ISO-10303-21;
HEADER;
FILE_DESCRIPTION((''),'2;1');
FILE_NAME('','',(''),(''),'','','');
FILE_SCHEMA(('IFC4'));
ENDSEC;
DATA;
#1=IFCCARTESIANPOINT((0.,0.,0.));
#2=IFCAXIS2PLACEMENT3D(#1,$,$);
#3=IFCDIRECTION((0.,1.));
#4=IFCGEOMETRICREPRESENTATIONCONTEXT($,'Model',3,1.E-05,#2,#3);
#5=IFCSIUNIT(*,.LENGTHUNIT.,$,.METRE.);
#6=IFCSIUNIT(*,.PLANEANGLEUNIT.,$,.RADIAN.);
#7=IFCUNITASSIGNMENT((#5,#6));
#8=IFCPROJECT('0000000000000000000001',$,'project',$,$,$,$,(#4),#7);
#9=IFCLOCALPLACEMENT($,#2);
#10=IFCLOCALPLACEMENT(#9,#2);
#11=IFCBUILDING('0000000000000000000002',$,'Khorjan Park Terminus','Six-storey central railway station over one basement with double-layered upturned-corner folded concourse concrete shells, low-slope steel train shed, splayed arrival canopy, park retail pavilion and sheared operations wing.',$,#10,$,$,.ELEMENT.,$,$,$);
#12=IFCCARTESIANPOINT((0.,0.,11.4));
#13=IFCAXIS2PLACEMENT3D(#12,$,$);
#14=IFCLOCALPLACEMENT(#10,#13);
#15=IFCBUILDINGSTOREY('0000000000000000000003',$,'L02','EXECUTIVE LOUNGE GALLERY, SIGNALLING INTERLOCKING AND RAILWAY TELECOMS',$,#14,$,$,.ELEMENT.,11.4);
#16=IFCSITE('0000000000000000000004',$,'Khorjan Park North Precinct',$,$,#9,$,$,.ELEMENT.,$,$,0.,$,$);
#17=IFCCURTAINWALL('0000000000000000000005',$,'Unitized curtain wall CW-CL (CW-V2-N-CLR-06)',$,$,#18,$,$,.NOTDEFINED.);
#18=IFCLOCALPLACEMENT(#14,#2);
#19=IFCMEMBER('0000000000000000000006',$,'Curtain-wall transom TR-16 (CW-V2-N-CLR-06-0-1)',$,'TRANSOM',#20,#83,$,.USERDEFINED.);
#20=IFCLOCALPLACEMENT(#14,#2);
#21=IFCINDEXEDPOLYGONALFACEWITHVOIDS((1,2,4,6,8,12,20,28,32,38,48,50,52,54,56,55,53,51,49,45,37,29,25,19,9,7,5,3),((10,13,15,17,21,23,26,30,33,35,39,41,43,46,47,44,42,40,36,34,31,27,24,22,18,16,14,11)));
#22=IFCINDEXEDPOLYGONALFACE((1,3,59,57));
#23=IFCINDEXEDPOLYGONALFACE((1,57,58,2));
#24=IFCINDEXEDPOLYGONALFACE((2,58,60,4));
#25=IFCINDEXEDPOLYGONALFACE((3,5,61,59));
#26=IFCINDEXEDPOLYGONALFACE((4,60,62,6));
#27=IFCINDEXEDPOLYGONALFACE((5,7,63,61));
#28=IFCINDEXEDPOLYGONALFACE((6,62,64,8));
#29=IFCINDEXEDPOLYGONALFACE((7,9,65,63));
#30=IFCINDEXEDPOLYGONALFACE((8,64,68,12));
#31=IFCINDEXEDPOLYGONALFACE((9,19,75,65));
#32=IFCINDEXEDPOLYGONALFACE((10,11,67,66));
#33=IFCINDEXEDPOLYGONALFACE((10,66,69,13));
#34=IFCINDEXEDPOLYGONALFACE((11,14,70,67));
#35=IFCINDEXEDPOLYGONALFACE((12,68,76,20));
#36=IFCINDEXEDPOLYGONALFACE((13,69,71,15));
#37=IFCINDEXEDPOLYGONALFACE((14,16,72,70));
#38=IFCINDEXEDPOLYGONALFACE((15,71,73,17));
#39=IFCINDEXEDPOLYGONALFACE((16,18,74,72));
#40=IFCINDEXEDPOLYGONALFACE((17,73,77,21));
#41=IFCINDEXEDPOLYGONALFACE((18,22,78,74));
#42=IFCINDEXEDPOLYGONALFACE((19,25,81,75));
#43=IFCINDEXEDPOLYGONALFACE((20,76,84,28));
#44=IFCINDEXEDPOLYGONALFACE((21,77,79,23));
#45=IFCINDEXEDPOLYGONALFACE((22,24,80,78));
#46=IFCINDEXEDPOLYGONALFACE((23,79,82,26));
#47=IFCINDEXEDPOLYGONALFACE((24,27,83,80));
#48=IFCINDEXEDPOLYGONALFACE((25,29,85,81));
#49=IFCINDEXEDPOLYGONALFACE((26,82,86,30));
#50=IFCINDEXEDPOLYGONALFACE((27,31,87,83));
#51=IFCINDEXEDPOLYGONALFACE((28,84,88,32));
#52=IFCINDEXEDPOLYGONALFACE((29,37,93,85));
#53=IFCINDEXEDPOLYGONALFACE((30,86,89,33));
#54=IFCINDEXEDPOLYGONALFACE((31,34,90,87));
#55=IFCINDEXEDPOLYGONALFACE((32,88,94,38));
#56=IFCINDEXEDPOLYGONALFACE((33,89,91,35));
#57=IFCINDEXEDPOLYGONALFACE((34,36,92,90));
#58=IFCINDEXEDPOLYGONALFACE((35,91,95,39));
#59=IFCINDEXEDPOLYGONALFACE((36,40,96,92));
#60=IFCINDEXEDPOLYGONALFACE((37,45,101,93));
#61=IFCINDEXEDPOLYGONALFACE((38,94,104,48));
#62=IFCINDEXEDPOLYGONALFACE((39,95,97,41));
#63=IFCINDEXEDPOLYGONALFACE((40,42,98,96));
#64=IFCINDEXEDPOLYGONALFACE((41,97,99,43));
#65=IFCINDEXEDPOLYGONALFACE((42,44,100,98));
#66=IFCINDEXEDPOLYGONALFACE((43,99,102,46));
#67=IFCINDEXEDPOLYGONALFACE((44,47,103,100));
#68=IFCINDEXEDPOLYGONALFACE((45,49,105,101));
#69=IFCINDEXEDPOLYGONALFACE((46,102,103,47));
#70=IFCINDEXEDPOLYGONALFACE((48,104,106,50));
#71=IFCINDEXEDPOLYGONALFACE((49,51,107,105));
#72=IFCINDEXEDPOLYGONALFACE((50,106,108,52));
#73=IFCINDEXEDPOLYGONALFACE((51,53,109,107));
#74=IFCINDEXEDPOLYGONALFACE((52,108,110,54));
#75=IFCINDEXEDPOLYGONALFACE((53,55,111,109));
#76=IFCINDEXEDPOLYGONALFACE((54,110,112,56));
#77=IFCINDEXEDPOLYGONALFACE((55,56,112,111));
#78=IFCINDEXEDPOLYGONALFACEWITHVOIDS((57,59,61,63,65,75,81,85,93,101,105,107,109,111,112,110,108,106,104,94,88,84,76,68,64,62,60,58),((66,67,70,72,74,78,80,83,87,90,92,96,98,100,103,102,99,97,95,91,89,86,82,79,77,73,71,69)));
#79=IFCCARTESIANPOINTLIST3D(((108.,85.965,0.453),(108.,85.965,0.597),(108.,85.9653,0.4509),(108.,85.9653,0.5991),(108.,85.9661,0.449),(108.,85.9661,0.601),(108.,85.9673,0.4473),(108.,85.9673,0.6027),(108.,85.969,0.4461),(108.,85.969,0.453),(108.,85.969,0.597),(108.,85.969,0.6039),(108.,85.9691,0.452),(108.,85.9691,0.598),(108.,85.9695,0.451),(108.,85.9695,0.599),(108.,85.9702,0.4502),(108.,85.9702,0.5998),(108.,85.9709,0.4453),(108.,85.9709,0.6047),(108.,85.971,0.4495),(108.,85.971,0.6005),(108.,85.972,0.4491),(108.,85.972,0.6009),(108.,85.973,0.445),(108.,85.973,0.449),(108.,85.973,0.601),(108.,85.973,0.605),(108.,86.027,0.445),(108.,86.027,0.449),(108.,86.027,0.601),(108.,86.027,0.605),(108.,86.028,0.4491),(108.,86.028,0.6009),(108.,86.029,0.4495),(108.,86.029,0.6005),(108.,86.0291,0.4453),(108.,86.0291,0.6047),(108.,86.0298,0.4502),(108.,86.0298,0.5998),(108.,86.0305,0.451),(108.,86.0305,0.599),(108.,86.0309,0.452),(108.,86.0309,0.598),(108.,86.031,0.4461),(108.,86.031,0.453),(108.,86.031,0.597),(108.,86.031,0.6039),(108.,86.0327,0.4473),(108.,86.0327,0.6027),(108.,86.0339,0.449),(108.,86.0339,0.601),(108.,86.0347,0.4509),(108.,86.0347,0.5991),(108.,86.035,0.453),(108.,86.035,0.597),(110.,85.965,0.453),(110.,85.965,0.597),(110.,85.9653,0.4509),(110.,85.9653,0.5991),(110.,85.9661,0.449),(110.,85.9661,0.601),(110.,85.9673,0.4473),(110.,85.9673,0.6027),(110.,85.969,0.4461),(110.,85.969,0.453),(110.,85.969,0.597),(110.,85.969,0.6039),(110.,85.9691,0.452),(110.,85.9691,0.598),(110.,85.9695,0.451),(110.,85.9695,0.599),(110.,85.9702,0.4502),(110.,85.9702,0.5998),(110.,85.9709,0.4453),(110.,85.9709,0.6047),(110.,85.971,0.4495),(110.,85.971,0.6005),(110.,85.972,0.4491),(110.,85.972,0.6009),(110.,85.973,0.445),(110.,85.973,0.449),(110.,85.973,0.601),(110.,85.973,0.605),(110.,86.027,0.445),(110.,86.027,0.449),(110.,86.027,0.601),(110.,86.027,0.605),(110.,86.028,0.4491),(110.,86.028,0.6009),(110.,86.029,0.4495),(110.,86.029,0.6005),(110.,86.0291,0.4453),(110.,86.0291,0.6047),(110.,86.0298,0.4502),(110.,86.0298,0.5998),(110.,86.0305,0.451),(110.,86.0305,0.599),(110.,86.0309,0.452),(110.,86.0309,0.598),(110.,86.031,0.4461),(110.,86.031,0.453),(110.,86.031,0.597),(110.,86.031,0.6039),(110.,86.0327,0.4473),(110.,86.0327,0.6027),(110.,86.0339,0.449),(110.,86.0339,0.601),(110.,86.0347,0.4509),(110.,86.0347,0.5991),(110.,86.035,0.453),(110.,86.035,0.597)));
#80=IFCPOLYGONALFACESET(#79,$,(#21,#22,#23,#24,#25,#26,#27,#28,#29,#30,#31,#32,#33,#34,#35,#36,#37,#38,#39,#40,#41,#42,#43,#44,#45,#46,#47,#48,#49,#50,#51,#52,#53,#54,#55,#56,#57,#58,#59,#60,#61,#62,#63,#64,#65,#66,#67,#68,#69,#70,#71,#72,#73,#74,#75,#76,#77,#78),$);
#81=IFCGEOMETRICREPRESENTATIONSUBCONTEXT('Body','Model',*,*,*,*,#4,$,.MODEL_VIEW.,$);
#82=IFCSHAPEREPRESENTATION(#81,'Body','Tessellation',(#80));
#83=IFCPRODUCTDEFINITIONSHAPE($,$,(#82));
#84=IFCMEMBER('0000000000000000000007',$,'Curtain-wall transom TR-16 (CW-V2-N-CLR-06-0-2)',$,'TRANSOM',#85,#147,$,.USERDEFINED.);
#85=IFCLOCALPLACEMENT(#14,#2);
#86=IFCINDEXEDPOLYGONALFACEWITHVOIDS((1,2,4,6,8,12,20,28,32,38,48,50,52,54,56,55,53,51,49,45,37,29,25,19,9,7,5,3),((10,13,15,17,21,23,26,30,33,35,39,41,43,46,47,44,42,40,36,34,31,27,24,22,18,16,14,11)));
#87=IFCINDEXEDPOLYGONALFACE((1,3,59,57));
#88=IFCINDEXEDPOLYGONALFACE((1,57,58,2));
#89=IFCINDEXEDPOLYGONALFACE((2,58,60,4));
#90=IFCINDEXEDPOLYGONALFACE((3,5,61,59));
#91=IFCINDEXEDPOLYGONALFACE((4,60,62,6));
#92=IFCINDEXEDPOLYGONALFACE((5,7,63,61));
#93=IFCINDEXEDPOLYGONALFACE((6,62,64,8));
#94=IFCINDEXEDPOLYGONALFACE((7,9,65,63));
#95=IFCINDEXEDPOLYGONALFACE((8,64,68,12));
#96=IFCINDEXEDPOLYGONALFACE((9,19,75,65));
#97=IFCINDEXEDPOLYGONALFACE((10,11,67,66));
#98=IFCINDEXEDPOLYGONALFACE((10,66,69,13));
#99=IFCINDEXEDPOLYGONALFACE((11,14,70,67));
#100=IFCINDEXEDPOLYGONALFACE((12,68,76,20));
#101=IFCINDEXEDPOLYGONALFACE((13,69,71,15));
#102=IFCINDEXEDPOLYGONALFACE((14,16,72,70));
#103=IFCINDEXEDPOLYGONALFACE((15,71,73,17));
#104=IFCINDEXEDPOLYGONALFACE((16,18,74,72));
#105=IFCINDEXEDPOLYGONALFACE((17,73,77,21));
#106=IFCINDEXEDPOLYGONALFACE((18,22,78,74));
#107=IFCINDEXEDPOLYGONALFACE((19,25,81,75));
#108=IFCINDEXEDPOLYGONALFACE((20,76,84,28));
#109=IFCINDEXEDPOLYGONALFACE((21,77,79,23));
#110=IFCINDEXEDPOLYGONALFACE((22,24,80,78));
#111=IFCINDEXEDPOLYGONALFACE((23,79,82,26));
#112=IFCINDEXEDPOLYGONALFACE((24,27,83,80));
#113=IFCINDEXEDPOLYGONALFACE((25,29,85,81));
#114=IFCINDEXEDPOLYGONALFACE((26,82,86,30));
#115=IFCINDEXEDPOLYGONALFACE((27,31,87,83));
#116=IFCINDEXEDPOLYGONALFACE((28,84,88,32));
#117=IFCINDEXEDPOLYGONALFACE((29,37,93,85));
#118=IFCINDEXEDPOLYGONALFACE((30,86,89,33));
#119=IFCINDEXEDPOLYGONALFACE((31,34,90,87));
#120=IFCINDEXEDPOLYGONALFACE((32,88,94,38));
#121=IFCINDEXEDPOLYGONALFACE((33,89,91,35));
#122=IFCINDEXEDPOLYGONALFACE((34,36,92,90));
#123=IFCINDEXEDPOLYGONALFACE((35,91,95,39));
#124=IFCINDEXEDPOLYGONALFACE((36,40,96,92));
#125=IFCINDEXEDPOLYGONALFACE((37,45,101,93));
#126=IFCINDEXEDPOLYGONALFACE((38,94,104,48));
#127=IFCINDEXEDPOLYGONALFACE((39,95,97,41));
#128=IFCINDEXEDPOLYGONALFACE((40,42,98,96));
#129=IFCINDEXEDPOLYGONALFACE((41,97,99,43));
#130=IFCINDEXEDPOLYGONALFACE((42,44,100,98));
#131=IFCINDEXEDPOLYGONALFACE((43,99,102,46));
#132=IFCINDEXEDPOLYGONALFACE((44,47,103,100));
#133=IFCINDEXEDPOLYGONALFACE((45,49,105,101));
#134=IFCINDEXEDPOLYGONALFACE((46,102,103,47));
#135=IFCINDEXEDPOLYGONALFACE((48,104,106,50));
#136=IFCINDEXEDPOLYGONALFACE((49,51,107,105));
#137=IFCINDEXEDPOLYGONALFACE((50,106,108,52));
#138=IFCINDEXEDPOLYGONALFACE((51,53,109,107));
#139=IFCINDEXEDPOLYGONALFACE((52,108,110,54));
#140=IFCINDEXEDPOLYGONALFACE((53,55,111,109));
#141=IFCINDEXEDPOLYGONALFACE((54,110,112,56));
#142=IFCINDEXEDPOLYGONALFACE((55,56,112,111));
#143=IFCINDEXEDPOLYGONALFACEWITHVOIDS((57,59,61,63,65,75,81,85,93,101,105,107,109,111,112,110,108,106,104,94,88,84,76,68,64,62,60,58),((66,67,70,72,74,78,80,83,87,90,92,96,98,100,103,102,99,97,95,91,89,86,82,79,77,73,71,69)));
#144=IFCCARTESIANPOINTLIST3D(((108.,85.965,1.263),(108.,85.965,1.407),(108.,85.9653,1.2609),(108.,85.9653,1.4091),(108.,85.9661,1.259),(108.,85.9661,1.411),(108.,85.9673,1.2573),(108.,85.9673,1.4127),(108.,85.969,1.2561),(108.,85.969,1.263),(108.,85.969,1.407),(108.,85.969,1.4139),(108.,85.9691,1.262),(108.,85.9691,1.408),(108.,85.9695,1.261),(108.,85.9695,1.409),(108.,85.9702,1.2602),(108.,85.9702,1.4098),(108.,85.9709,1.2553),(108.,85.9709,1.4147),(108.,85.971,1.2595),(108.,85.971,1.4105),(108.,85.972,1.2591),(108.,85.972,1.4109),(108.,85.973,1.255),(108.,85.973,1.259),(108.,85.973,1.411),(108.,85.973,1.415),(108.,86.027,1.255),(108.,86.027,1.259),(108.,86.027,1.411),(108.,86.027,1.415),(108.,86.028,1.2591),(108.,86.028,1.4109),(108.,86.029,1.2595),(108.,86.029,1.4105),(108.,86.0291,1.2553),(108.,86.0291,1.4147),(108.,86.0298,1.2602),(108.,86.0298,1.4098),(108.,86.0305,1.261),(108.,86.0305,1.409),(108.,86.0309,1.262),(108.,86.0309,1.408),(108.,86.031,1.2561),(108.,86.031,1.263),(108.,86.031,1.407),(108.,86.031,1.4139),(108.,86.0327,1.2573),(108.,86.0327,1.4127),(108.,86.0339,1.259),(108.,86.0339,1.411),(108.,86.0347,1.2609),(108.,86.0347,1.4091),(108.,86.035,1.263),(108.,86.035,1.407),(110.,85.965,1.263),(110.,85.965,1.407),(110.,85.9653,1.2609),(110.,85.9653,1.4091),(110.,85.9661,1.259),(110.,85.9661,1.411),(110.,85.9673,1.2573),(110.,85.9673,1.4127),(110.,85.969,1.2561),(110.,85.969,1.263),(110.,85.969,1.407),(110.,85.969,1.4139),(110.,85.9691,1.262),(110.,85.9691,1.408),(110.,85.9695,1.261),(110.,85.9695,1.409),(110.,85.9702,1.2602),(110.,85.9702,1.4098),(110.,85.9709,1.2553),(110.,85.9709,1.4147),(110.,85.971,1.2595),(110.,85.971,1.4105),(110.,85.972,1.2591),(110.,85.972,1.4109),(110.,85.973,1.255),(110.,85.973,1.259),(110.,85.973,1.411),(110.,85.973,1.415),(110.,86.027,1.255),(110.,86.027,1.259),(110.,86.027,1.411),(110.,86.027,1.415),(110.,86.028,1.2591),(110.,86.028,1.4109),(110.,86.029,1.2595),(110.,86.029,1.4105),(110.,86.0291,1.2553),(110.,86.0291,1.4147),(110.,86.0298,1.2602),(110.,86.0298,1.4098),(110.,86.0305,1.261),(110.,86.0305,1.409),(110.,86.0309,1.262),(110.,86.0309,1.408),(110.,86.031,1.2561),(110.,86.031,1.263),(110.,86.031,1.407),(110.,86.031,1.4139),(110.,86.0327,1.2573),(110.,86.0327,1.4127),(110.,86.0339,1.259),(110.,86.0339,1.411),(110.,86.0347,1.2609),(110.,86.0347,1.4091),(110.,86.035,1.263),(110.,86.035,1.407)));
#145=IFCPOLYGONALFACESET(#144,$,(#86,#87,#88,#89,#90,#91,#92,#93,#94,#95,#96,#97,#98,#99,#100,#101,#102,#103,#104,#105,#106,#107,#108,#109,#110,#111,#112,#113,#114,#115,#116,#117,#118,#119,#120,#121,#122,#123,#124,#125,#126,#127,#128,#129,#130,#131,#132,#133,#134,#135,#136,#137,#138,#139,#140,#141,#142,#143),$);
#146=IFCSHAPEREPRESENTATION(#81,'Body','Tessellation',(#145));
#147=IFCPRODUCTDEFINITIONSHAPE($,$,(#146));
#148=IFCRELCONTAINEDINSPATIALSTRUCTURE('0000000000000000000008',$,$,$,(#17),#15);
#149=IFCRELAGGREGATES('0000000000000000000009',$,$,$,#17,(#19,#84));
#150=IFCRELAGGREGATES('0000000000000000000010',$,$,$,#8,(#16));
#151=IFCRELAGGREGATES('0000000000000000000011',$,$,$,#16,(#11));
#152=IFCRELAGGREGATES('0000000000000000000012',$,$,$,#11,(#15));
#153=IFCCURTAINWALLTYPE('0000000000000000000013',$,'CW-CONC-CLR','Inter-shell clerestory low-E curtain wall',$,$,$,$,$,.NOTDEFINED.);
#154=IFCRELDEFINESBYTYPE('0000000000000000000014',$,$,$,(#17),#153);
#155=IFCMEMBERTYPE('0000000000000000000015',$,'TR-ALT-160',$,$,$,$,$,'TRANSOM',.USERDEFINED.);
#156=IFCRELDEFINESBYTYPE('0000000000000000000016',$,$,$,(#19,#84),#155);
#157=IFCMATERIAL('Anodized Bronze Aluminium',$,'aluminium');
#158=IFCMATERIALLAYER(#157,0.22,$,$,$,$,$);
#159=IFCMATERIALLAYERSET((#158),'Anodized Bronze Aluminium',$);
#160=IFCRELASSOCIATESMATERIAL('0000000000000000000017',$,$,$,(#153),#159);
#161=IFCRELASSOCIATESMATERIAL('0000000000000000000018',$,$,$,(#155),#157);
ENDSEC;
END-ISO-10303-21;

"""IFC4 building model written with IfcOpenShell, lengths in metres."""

from ifc_helpers import new_model, si_unit, direction, frame, origin, origin_2d, place, context, subcontext, project, spatial, hollow_rectangle, extrude, material, layer, layer_set, material_profile, profile_set, type_object, element, aggregate, save


model = new_model("IFC4")

# Units and contexts
model_context = context("Model", 3, precision=1e-05, world=origin(), true_north=direction((0.0, 1.0)))
body_context = subcontext(model_context, "Body", "Model", "MODEL_VIEW")
ifc_project = project(units=[si_unit("LENGTHUNIT", "METRE"), si_unit("PLANEANGLEUNIT", "RADIAN")], contexts=[model_context])

# Site, building, storey
site_placement = place(None, origin())
site = spatial("IfcSite", under=ifc_project, at=site_placement, Name="Khorjan Park North Precinct", CompositionType="ELEMENT", RefElevation=0.0)
building_placement = place(site_placement, origin())
building = spatial("IfcBuilding", under=site, at=building_placement, Name="Khorjan Park Terminus", Description="Six-storey central railway station over one basement with double-layered upturned-corner folded concourse concrete shells, low-slope steel train shed, splayed arrival canopy, park retail pavilion and sheared operations wing.", CompositionType="ELEMENT")
storey_placement = place(building_placement, frame((0.0, 0.0, 11.4)))
storey = spatial("IfcBuildingStorey", under=building, at=storey_placement, Name="L02", Description="EXECUTIVE LOUNGE GALLERY, SIGNALLING INTERLOCKING AND RAILWAY TELECOMS", CompositionType="ELEMENT", Elevation=11.4)

# Curtain wall
ifc_material_1 = material(Name="Anodized Bronze Aluminium", Category="aluminium")
ifc_layer_1 = layer(ifc_material_1, 0.22)
ifc_layer_set_1 = layer_set([ifc_layer_1], Name="Anodized Bronze Aluminium")
curtain_wall_type = type_object("IfcCurtainWallType", Name="CW-CONC-CLR", Description="Inter-shell clerestory low-E curtain wall", PredefinedType="NOTDEFINED", material=ifc_layer_set_1)
curtain_wall_1_placement = place(storey_placement, origin())
curtain_wall_1 = element("IfcCurtainWall", 1, at=curtain_wall_1_placement, inside=storey, type_object=curtain_wall_type, Name="Unitized curtain wall CW-CL (CW-V2-N-CLR-06)", PredefinedType="NOTDEFINED")

# Members
ifc_material_profile_1 = material_profile(ifc_material_1, hollow_rectangle(XDim=0.07, YDim=0.16, WallThickness=0.004, InnerFilletRadius=0.004, OuterFilletRadius=0.008, at=origin_2d()), Name="ALT 70x160x4")
ifc_profile_set_1 = profile_set([ifc_material_profile_1], Name="Anodized Bronze Aluminium")
member_type_1 = type_object("IfcMemberType", Name="TR-ALT-160", ElementType="TRANSOM", PredefinedType="USERDEFINED", material=ifc_profile_set_1)
member_1_placement = place(storey_placement, frame((110.0, 86.0, 0.525), z_axis=(-1.0, 0.0, 0.0), x_axis=(0.0, -1.0, 0.0)))
member_1 = element("IfcMember", 2, at=member_1_placement, type_object=member_type_1, Name="Curtain-wall transom TR-16 (CW-V2-N-CLR-06-0-1)", ObjectType="TRANSOM", PredefinedType="USERDEFINED", context=body_context, shape_type="SweptSolid", body=[
    extrude(hollow_rectangle(XDim=0.07, YDim=0.16, WallThickness=0.004, InnerFilletRadius=0.004, OuterFilletRadius=0.008, at=origin_2d()), origin(), (0.0, 0.0, 1.0), 2.0),
])
member_2_placement = place(storey_placement, frame((110.0, 86.0, 1.335), z_axis=(-1.0, 0.0, 0.0), x_axis=(0.0, -1.0, 0.0)))
member_2 = element("IfcMember", 3, at=member_2_placement, type_object=member_type_1, Name="Curtain-wall transom TR-16 (CW-V2-N-CLR-06-0-2)", ObjectType="TRANSOM", PredefinedType="USERDEFINED", context=body_context, shape_type="SweptSolid", body=[
    extrude(hollow_rectangle(XDim=0.07, YDim=0.16, WallThickness=0.004, InnerFilletRadius=0.004, OuterFilletRadius=0.008, at=origin_2d()), origin(), (0.0, 0.0, 1.0), 2.0),
])

aggregate(curtain_wall_1, [member_1, member_2])

save(model, "model.ifc")
